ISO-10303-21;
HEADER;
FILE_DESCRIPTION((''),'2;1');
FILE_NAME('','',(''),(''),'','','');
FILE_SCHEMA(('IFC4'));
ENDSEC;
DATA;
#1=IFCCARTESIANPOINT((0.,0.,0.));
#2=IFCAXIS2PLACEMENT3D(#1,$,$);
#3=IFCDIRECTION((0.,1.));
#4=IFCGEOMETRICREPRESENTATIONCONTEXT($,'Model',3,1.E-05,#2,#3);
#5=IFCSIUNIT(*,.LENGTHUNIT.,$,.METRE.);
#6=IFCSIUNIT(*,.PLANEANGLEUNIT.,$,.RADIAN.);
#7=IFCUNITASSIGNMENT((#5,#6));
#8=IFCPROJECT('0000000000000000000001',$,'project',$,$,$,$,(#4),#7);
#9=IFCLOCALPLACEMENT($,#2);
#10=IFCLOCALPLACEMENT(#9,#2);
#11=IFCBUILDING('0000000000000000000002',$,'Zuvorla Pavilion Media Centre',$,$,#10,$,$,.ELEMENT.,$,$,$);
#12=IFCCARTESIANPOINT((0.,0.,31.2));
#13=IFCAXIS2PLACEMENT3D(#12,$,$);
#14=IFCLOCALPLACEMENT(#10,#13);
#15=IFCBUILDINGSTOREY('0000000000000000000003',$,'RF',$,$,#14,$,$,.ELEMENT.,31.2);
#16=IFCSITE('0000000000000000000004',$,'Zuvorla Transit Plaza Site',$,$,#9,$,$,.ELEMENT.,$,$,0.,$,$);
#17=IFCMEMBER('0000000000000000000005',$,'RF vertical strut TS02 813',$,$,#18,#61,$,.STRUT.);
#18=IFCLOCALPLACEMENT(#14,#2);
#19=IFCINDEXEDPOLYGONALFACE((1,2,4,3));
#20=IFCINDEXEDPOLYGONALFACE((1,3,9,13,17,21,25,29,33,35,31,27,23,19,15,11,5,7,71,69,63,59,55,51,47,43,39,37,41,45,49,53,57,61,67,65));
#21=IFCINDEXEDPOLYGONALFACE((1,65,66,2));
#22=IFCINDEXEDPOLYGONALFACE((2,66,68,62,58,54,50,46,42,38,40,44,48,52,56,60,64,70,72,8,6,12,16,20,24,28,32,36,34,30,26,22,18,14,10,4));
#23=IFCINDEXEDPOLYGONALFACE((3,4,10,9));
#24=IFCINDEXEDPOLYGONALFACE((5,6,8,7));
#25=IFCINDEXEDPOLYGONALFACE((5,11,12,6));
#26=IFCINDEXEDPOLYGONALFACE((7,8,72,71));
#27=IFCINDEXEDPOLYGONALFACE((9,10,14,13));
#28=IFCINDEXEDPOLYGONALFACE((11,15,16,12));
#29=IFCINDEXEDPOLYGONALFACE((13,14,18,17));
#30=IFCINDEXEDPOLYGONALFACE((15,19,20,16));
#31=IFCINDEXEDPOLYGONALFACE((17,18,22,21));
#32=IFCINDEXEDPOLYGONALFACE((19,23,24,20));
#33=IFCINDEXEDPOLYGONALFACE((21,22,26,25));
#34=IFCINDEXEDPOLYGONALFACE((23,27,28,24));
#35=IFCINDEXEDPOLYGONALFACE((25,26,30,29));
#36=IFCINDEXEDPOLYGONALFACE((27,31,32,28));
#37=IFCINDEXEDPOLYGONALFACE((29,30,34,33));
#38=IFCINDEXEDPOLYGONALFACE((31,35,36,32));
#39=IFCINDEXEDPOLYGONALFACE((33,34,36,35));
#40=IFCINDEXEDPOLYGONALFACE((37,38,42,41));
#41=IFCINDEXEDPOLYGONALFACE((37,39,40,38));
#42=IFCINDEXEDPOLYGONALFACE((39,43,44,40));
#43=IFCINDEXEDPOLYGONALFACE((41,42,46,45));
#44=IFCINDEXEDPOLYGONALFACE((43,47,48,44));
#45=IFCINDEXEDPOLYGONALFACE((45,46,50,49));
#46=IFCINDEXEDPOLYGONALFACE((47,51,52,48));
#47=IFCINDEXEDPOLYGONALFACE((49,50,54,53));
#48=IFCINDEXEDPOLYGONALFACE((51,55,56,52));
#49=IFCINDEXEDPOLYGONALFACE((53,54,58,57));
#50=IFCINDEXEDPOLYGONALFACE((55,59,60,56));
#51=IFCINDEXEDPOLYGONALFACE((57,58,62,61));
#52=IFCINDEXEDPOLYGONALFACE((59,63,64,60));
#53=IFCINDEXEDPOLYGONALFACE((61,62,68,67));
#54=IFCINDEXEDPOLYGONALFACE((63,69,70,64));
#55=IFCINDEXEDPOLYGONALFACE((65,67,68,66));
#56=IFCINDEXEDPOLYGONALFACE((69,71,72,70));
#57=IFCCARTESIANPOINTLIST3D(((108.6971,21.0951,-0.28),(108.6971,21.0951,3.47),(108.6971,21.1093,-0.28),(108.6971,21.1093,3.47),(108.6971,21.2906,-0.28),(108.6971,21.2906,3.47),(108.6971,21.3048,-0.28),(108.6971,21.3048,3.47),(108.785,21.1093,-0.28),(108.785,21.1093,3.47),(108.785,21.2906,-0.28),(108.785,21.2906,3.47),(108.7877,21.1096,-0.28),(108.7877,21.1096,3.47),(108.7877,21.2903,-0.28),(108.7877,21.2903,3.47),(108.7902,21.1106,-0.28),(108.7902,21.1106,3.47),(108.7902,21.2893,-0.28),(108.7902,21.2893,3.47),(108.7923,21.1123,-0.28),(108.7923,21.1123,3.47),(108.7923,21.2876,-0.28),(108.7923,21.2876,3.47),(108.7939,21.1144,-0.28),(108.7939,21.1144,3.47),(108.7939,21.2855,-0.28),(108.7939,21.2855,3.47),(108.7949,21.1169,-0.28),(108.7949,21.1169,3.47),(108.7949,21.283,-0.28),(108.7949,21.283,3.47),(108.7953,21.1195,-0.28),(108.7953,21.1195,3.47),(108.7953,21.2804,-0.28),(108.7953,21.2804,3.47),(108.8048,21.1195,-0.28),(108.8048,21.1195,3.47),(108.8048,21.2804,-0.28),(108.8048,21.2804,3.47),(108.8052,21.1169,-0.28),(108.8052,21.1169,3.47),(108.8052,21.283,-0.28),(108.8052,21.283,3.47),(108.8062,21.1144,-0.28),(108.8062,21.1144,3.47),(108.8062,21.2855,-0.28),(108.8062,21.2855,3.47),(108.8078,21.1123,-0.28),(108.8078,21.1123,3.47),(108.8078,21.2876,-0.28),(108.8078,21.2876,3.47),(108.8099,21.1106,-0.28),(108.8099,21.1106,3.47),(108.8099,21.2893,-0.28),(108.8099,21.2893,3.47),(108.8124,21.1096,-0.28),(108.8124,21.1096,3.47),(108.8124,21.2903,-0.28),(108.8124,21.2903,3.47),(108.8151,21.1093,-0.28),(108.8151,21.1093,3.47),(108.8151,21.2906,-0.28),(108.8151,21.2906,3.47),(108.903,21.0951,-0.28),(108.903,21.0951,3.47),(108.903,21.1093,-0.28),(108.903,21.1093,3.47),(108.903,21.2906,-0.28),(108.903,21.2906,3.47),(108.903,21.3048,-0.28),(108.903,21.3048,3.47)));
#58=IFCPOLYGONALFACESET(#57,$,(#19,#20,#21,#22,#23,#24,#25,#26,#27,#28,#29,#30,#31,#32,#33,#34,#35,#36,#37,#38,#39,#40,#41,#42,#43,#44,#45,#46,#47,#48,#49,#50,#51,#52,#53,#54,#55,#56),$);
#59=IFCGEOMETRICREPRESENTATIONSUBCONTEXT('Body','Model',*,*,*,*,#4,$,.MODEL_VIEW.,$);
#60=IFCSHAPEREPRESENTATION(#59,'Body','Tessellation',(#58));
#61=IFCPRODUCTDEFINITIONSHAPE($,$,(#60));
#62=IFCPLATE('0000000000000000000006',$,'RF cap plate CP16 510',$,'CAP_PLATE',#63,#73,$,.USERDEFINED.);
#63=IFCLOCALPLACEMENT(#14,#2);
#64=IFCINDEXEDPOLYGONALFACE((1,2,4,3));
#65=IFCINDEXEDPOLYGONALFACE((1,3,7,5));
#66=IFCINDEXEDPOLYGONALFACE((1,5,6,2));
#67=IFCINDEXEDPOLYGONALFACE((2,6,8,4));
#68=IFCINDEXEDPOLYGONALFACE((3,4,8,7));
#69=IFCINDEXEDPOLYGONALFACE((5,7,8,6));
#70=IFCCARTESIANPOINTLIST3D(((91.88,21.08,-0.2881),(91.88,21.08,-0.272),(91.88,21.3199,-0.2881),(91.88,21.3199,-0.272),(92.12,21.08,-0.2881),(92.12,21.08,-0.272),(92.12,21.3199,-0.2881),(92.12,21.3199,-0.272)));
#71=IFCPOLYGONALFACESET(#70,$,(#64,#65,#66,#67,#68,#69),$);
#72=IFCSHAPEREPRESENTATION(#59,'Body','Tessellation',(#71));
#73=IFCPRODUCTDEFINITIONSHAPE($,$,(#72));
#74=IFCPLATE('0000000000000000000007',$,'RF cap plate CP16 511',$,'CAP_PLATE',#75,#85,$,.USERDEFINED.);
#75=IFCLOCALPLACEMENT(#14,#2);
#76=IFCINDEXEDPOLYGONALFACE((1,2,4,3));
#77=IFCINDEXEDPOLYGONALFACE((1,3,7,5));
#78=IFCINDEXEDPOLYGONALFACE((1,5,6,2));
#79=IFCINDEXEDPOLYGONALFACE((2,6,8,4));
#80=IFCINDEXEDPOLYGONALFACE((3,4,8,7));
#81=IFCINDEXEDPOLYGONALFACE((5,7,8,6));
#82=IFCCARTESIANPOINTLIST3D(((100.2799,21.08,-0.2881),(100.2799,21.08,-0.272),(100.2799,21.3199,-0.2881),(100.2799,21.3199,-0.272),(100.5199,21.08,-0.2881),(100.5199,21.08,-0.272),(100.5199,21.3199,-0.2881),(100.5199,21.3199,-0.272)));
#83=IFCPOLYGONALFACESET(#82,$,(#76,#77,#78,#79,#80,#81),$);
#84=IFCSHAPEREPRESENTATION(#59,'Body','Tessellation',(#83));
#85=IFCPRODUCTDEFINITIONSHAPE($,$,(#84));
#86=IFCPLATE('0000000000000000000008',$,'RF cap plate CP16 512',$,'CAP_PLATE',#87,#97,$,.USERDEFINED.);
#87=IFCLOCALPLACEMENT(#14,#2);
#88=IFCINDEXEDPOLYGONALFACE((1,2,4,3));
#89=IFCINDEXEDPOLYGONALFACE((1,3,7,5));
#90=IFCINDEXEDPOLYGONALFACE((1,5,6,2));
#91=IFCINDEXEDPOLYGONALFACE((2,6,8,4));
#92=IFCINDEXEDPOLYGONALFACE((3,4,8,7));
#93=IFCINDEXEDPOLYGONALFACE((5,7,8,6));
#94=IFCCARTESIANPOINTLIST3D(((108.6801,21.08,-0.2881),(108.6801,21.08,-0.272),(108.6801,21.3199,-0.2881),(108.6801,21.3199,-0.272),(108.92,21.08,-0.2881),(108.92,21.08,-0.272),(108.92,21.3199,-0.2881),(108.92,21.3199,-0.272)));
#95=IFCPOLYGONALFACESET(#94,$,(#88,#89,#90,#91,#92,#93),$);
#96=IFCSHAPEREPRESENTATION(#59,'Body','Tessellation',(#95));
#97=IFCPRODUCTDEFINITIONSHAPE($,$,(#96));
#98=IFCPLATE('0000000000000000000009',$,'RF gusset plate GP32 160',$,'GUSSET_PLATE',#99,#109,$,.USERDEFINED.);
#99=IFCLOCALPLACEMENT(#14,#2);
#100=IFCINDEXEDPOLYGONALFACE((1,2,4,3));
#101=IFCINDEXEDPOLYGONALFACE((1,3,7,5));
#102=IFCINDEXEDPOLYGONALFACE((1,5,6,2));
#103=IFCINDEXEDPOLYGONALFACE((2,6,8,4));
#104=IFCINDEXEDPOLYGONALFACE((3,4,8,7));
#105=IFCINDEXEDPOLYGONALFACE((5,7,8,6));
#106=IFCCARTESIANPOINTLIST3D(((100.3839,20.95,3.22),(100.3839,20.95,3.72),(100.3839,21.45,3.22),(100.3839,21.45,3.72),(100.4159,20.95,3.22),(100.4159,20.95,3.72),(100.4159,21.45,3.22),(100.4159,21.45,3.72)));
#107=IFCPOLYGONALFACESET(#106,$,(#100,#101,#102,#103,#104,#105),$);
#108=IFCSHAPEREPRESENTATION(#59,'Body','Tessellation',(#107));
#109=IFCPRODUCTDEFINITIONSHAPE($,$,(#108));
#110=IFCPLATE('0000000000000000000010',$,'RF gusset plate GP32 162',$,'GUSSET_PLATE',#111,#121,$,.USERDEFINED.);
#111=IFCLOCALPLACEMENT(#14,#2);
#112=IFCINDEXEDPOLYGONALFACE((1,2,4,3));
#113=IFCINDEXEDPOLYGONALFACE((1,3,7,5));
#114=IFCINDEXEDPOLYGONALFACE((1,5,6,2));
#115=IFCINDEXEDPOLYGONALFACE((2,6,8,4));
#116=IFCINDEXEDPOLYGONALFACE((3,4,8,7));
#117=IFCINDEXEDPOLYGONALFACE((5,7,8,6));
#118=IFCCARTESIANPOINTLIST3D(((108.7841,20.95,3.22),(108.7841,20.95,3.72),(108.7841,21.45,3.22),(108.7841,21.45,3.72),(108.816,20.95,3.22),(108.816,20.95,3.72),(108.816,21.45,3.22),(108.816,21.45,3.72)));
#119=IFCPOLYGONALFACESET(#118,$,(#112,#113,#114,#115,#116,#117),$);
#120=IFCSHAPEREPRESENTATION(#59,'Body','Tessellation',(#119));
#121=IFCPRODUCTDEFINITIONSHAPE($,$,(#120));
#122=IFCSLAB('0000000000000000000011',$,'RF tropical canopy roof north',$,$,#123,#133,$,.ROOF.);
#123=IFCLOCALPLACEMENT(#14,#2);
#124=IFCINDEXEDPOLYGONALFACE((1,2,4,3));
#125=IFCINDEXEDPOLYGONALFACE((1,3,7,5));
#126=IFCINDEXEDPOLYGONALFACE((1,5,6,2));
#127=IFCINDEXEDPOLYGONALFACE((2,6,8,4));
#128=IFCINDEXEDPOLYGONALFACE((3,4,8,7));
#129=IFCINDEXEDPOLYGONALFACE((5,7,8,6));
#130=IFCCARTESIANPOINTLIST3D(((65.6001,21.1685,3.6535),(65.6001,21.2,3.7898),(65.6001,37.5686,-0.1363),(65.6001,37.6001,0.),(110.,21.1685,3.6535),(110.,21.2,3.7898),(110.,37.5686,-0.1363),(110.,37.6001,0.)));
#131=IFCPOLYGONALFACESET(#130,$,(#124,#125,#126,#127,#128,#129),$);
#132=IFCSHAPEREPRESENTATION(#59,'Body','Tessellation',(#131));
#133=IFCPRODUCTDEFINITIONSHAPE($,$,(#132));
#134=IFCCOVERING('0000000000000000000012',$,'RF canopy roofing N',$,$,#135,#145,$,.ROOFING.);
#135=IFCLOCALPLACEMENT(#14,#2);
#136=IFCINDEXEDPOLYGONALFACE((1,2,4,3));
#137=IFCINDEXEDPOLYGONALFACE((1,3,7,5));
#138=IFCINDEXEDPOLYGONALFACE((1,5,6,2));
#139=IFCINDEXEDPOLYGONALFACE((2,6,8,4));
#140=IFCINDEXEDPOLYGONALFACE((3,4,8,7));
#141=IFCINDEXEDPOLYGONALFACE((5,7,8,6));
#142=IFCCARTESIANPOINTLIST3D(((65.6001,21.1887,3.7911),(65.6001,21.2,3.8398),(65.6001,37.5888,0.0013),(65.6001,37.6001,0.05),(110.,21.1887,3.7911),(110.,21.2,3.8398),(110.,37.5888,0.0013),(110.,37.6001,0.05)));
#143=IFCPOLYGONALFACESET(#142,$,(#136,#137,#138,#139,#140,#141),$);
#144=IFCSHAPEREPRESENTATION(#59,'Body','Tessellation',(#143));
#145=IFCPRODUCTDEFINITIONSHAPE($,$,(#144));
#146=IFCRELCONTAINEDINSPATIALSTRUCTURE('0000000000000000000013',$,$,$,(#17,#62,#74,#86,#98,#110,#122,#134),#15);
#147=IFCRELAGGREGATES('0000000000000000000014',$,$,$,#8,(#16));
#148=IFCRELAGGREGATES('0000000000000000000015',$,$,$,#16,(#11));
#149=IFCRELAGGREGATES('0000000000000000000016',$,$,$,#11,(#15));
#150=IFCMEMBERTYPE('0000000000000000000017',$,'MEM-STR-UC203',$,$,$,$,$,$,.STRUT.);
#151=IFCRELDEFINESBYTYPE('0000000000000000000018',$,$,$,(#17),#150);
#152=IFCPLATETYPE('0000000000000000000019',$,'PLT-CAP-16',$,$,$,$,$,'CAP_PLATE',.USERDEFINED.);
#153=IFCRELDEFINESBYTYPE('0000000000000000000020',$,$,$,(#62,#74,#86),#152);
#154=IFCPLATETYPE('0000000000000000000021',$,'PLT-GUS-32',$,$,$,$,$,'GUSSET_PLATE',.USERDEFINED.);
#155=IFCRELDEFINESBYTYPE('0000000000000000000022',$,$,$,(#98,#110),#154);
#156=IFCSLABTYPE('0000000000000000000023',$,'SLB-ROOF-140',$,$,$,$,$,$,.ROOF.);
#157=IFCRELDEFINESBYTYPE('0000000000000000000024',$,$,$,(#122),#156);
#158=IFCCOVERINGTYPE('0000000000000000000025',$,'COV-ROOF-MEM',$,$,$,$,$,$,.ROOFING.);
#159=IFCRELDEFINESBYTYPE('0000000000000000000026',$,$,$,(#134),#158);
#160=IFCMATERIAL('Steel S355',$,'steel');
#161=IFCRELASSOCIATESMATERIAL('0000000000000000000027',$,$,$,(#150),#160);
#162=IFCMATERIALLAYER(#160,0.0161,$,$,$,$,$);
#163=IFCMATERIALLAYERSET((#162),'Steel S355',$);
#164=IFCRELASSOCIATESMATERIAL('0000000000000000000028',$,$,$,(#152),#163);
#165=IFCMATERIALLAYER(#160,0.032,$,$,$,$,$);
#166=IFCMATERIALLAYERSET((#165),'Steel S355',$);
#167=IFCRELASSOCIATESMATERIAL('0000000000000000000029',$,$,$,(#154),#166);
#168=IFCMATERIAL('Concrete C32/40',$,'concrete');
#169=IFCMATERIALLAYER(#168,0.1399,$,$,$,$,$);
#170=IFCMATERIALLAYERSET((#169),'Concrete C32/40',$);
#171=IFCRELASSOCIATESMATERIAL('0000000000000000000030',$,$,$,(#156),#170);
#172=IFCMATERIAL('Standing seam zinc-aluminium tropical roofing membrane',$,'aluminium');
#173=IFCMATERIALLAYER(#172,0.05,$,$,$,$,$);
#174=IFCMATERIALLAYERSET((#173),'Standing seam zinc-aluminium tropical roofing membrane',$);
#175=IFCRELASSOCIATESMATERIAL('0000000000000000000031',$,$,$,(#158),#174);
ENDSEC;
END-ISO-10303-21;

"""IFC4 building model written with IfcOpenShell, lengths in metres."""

from ifc_helpers import new_model, si_unit, direction, frame, origin, origin_2d, place, context, subcontext, project, spatial, polyline, rectangle, i_section, outline, extrude, material, layer, layer_set, material_profile, profile_set, type_object, element, save


model = new_model("IFC4")

# Units and contexts
model_context = context("Model", 3, precision=1e-05, world=origin(), true_north=direction((0.0, 1.0)))
body_context = subcontext(model_context, "Body", "Model", "MODEL_VIEW")
ifc_project = project(units=[si_unit("LENGTHUNIT", "METRE"), si_unit("PLANEANGLEUNIT", "RADIAN")], contexts=[model_context])

# Site, building, storey
site_placement = place(None, origin())
site = spatial("IfcSite", under=ifc_project, at=site_placement, Name="Zuvorla Transit Plaza Site", CompositionType="ELEMENT", RefElevation=0.0)
building_placement = place(site_placement, origin())
building = spatial("IfcBuilding", under=site, at=building_placement, Name="Zuvorla Pavilion Media Centre", CompositionType="ELEMENT")
storey_placement = place(building_placement, frame((0.0, 0.0, 31.2)))
storey = spatial("IfcBuildingStorey", under=building, at=storey_placement, Name="RF", CompositionType="ELEMENT", Elevation=31.2)

# Shared definitions
ifc_material_1 = material(Name="Steel S355", Category="steel")

# Member
ifc_material_profile_1 = material_profile(ifc_material_1, i_section(OverallWidth=0.2058, OverallDepth=0.2097, WebThickness=0.0095, FlangeThickness=0.0142, FilletRadius=0.0103, at=origin_2d()), Name="UC 203x203x60")
ifc_profile_set_1 = profile_set([ifc_material_profile_1], Name="Steel S355")
member_type_1 = type_object("IfcMemberType", Name="MEM-STR-UC203", PredefinedType="STRUT", material=ifc_profile_set_1)
for number, where, z_axis, x_axis, name in (
    (1, (108.8, 21.2, -0.28), (0.0, 0.0, 1.0), (1.0, 0.0, 0.0), "RF vertical strut TS02 813"),
):
    element("IfcMember", number, at=place(storey_placement, frame(where, z_axis=z_axis, x_axis=x_axis)), inside=storey, type_object=member_type_1, Name=name, PredefinedType="STRUT", context=body_context, shape_type="SweptSolid", body=[
        extrude(i_section(OverallWidth=0.2058, OverallDepth=0.2097, WebThickness=0.0095, FlangeThickness=0.0142, FilletRadius=0.0103, at=origin_2d()), origin(), (0.0, 0.0, 1.0), 3.75),
    ])

# Plates
ifc_layer_1 = layer(ifc_material_1, 0.0161)
ifc_layer_set_1 = layer_set([ifc_layer_1], Name="Steel S355")
plate_type_1 = type_object("IfcPlateType", Name="PLT-CAP-16", ElementType="CAP_PLATE", PredefinedType="USERDEFINED", material=ifc_layer_set_1)
for number, where, z_axis, x_axis, name in (
    (2, (92.0, 21.2, -0.2881), (0.0, 0.0, 1.0), (1.0, 0.0, 0.0), "RF cap plate CP16 510"),
    (3, (100.3999, 21.2, -0.2881), (0.0, 0.0, 1.0), (1.0, 0.0, 0.0), "RF cap plate CP16 511"),
    (4, (108.8, 21.2, -0.2881), (0.0, 0.0, 1.0), (1.0, 0.0, 0.0), "RF cap plate CP16 512"),
):
    element("IfcPlate", number, at=place(storey_placement, frame(where, z_axis=z_axis, x_axis=x_axis)), inside=storey, type_object=plate_type_1, Name=name, ObjectType="CAP_PLATE", PredefinedType="USERDEFINED", context=body_context, shape_type="SweptSolid", body=[
        extrude(rectangle(XDim=0.24, YDim=0.24, at=origin_2d()), origin(), (0.0, 0.0, 1.0), 0.0161),
    ])
ifc_layer_2 = layer(ifc_material_1, 0.032)
ifc_layer_set_2 = layer_set([ifc_layer_2], Name="Steel S355")
plate_type_2 = type_object("IfcPlateType", Name="PLT-GUS-32", ElementType="GUSSET_PLATE", PredefinedType="USERDEFINED", material=ifc_layer_set_2)
for number, where, z_axis, x_axis, name in (
    (5, (100.3999, 21.2, 3.22), (0.0, 0.0, 1.0), (1.0, 0.0, 0.0), "RF gusset plate GP32 160"),
    (6, (108.8, 21.2, 3.22), (0.0, 0.0, 1.0), (1.0, 0.0, 0.0), "RF gusset plate GP32 162"),
):
    element("IfcPlate", number, at=place(storey_placement, frame(where, z_axis=z_axis, x_axis=x_axis)), inside=storey, type_object=plate_type_2, Name=name, ObjectType="GUSSET_PLATE", PredefinedType="USERDEFINED", context=body_context, shape_type="SweptSolid", body=[
        extrude(rectangle(XDim=0.032, YDim=0.5, at=origin_2d()), origin(), (0.0, 0.0, 1.0), 0.5),
    ])

# Slab
ifc_material_2 = material(Name="Concrete C32/40", Category="concrete")
ifc_layer_3 = layer(ifc_material_2, 0.1399)
ifc_layer_set_3 = layer_set([ifc_layer_3], Name="Concrete C32/40")
slab_type = type_object("IfcSlabType", Name="SLB-ROOF-140", PredefinedType="ROOF", material=ifc_layer_set_3)
slab_placement = place(storey_placement, frame((110.0, 37.6001, 0.0), z_axis=(0.0, 0.22515, 0.974324), x_axis=(-1.0, 0.0, 0.0)))
element("IfcSlab", 7, at=slab_placement, inside=storey, type_object=slab_type, Name="RF tropical canopy roof north", PredefinedType="ROOF", context=body_context, shape_type="SweptSolid", body=[
    extrude(outline(polyline([(0.0, 0.0), (44.3999, 0.0), (44.3999, 16.8323), (0.0, 16.8323), (0.0, 0.0)])), origin(), (0.0, 0.0, -1.0), 0.1399),
])

# Covering
ifc_material_3 = material(Name="Standing seam zinc-aluminium tropical roofing membrane", Category="aluminium")
ifc_layer_4 = layer(ifc_material_3, 0.05)
ifc_layer_set_4 = layer_set([ifc_layer_4], Name="Standing seam zinc-aluminium tropical roofing membrane")
covering_type = type_object("IfcCoveringType", Name="COV-ROOF-MEM", PredefinedType="ROOFING", material=ifc_layer_set_4)
covering_placement = place(storey_placement, frame((110.0, 37.6001, 0.05), z_axis=(0.0, 0.22515, 0.974324), x_axis=(-1.0, 0.0, 0.0)))
element("IfcCovering", 8, at=covering_placement, inside=storey, type_object=covering_type, Name="RF canopy roofing N", PredefinedType="ROOFING", context=body_context, shape_type="SweptSolid", body=[
    extrude(outline(polyline([(0.0, 0.0), (44.3999, 0.0), (44.3999, 16.8323), (0.0, 16.8323), (0.0, 0.0)])), origin(), (0.0, 0.0, -1.0), 0.05),
])

save(model, "model.ifc")
